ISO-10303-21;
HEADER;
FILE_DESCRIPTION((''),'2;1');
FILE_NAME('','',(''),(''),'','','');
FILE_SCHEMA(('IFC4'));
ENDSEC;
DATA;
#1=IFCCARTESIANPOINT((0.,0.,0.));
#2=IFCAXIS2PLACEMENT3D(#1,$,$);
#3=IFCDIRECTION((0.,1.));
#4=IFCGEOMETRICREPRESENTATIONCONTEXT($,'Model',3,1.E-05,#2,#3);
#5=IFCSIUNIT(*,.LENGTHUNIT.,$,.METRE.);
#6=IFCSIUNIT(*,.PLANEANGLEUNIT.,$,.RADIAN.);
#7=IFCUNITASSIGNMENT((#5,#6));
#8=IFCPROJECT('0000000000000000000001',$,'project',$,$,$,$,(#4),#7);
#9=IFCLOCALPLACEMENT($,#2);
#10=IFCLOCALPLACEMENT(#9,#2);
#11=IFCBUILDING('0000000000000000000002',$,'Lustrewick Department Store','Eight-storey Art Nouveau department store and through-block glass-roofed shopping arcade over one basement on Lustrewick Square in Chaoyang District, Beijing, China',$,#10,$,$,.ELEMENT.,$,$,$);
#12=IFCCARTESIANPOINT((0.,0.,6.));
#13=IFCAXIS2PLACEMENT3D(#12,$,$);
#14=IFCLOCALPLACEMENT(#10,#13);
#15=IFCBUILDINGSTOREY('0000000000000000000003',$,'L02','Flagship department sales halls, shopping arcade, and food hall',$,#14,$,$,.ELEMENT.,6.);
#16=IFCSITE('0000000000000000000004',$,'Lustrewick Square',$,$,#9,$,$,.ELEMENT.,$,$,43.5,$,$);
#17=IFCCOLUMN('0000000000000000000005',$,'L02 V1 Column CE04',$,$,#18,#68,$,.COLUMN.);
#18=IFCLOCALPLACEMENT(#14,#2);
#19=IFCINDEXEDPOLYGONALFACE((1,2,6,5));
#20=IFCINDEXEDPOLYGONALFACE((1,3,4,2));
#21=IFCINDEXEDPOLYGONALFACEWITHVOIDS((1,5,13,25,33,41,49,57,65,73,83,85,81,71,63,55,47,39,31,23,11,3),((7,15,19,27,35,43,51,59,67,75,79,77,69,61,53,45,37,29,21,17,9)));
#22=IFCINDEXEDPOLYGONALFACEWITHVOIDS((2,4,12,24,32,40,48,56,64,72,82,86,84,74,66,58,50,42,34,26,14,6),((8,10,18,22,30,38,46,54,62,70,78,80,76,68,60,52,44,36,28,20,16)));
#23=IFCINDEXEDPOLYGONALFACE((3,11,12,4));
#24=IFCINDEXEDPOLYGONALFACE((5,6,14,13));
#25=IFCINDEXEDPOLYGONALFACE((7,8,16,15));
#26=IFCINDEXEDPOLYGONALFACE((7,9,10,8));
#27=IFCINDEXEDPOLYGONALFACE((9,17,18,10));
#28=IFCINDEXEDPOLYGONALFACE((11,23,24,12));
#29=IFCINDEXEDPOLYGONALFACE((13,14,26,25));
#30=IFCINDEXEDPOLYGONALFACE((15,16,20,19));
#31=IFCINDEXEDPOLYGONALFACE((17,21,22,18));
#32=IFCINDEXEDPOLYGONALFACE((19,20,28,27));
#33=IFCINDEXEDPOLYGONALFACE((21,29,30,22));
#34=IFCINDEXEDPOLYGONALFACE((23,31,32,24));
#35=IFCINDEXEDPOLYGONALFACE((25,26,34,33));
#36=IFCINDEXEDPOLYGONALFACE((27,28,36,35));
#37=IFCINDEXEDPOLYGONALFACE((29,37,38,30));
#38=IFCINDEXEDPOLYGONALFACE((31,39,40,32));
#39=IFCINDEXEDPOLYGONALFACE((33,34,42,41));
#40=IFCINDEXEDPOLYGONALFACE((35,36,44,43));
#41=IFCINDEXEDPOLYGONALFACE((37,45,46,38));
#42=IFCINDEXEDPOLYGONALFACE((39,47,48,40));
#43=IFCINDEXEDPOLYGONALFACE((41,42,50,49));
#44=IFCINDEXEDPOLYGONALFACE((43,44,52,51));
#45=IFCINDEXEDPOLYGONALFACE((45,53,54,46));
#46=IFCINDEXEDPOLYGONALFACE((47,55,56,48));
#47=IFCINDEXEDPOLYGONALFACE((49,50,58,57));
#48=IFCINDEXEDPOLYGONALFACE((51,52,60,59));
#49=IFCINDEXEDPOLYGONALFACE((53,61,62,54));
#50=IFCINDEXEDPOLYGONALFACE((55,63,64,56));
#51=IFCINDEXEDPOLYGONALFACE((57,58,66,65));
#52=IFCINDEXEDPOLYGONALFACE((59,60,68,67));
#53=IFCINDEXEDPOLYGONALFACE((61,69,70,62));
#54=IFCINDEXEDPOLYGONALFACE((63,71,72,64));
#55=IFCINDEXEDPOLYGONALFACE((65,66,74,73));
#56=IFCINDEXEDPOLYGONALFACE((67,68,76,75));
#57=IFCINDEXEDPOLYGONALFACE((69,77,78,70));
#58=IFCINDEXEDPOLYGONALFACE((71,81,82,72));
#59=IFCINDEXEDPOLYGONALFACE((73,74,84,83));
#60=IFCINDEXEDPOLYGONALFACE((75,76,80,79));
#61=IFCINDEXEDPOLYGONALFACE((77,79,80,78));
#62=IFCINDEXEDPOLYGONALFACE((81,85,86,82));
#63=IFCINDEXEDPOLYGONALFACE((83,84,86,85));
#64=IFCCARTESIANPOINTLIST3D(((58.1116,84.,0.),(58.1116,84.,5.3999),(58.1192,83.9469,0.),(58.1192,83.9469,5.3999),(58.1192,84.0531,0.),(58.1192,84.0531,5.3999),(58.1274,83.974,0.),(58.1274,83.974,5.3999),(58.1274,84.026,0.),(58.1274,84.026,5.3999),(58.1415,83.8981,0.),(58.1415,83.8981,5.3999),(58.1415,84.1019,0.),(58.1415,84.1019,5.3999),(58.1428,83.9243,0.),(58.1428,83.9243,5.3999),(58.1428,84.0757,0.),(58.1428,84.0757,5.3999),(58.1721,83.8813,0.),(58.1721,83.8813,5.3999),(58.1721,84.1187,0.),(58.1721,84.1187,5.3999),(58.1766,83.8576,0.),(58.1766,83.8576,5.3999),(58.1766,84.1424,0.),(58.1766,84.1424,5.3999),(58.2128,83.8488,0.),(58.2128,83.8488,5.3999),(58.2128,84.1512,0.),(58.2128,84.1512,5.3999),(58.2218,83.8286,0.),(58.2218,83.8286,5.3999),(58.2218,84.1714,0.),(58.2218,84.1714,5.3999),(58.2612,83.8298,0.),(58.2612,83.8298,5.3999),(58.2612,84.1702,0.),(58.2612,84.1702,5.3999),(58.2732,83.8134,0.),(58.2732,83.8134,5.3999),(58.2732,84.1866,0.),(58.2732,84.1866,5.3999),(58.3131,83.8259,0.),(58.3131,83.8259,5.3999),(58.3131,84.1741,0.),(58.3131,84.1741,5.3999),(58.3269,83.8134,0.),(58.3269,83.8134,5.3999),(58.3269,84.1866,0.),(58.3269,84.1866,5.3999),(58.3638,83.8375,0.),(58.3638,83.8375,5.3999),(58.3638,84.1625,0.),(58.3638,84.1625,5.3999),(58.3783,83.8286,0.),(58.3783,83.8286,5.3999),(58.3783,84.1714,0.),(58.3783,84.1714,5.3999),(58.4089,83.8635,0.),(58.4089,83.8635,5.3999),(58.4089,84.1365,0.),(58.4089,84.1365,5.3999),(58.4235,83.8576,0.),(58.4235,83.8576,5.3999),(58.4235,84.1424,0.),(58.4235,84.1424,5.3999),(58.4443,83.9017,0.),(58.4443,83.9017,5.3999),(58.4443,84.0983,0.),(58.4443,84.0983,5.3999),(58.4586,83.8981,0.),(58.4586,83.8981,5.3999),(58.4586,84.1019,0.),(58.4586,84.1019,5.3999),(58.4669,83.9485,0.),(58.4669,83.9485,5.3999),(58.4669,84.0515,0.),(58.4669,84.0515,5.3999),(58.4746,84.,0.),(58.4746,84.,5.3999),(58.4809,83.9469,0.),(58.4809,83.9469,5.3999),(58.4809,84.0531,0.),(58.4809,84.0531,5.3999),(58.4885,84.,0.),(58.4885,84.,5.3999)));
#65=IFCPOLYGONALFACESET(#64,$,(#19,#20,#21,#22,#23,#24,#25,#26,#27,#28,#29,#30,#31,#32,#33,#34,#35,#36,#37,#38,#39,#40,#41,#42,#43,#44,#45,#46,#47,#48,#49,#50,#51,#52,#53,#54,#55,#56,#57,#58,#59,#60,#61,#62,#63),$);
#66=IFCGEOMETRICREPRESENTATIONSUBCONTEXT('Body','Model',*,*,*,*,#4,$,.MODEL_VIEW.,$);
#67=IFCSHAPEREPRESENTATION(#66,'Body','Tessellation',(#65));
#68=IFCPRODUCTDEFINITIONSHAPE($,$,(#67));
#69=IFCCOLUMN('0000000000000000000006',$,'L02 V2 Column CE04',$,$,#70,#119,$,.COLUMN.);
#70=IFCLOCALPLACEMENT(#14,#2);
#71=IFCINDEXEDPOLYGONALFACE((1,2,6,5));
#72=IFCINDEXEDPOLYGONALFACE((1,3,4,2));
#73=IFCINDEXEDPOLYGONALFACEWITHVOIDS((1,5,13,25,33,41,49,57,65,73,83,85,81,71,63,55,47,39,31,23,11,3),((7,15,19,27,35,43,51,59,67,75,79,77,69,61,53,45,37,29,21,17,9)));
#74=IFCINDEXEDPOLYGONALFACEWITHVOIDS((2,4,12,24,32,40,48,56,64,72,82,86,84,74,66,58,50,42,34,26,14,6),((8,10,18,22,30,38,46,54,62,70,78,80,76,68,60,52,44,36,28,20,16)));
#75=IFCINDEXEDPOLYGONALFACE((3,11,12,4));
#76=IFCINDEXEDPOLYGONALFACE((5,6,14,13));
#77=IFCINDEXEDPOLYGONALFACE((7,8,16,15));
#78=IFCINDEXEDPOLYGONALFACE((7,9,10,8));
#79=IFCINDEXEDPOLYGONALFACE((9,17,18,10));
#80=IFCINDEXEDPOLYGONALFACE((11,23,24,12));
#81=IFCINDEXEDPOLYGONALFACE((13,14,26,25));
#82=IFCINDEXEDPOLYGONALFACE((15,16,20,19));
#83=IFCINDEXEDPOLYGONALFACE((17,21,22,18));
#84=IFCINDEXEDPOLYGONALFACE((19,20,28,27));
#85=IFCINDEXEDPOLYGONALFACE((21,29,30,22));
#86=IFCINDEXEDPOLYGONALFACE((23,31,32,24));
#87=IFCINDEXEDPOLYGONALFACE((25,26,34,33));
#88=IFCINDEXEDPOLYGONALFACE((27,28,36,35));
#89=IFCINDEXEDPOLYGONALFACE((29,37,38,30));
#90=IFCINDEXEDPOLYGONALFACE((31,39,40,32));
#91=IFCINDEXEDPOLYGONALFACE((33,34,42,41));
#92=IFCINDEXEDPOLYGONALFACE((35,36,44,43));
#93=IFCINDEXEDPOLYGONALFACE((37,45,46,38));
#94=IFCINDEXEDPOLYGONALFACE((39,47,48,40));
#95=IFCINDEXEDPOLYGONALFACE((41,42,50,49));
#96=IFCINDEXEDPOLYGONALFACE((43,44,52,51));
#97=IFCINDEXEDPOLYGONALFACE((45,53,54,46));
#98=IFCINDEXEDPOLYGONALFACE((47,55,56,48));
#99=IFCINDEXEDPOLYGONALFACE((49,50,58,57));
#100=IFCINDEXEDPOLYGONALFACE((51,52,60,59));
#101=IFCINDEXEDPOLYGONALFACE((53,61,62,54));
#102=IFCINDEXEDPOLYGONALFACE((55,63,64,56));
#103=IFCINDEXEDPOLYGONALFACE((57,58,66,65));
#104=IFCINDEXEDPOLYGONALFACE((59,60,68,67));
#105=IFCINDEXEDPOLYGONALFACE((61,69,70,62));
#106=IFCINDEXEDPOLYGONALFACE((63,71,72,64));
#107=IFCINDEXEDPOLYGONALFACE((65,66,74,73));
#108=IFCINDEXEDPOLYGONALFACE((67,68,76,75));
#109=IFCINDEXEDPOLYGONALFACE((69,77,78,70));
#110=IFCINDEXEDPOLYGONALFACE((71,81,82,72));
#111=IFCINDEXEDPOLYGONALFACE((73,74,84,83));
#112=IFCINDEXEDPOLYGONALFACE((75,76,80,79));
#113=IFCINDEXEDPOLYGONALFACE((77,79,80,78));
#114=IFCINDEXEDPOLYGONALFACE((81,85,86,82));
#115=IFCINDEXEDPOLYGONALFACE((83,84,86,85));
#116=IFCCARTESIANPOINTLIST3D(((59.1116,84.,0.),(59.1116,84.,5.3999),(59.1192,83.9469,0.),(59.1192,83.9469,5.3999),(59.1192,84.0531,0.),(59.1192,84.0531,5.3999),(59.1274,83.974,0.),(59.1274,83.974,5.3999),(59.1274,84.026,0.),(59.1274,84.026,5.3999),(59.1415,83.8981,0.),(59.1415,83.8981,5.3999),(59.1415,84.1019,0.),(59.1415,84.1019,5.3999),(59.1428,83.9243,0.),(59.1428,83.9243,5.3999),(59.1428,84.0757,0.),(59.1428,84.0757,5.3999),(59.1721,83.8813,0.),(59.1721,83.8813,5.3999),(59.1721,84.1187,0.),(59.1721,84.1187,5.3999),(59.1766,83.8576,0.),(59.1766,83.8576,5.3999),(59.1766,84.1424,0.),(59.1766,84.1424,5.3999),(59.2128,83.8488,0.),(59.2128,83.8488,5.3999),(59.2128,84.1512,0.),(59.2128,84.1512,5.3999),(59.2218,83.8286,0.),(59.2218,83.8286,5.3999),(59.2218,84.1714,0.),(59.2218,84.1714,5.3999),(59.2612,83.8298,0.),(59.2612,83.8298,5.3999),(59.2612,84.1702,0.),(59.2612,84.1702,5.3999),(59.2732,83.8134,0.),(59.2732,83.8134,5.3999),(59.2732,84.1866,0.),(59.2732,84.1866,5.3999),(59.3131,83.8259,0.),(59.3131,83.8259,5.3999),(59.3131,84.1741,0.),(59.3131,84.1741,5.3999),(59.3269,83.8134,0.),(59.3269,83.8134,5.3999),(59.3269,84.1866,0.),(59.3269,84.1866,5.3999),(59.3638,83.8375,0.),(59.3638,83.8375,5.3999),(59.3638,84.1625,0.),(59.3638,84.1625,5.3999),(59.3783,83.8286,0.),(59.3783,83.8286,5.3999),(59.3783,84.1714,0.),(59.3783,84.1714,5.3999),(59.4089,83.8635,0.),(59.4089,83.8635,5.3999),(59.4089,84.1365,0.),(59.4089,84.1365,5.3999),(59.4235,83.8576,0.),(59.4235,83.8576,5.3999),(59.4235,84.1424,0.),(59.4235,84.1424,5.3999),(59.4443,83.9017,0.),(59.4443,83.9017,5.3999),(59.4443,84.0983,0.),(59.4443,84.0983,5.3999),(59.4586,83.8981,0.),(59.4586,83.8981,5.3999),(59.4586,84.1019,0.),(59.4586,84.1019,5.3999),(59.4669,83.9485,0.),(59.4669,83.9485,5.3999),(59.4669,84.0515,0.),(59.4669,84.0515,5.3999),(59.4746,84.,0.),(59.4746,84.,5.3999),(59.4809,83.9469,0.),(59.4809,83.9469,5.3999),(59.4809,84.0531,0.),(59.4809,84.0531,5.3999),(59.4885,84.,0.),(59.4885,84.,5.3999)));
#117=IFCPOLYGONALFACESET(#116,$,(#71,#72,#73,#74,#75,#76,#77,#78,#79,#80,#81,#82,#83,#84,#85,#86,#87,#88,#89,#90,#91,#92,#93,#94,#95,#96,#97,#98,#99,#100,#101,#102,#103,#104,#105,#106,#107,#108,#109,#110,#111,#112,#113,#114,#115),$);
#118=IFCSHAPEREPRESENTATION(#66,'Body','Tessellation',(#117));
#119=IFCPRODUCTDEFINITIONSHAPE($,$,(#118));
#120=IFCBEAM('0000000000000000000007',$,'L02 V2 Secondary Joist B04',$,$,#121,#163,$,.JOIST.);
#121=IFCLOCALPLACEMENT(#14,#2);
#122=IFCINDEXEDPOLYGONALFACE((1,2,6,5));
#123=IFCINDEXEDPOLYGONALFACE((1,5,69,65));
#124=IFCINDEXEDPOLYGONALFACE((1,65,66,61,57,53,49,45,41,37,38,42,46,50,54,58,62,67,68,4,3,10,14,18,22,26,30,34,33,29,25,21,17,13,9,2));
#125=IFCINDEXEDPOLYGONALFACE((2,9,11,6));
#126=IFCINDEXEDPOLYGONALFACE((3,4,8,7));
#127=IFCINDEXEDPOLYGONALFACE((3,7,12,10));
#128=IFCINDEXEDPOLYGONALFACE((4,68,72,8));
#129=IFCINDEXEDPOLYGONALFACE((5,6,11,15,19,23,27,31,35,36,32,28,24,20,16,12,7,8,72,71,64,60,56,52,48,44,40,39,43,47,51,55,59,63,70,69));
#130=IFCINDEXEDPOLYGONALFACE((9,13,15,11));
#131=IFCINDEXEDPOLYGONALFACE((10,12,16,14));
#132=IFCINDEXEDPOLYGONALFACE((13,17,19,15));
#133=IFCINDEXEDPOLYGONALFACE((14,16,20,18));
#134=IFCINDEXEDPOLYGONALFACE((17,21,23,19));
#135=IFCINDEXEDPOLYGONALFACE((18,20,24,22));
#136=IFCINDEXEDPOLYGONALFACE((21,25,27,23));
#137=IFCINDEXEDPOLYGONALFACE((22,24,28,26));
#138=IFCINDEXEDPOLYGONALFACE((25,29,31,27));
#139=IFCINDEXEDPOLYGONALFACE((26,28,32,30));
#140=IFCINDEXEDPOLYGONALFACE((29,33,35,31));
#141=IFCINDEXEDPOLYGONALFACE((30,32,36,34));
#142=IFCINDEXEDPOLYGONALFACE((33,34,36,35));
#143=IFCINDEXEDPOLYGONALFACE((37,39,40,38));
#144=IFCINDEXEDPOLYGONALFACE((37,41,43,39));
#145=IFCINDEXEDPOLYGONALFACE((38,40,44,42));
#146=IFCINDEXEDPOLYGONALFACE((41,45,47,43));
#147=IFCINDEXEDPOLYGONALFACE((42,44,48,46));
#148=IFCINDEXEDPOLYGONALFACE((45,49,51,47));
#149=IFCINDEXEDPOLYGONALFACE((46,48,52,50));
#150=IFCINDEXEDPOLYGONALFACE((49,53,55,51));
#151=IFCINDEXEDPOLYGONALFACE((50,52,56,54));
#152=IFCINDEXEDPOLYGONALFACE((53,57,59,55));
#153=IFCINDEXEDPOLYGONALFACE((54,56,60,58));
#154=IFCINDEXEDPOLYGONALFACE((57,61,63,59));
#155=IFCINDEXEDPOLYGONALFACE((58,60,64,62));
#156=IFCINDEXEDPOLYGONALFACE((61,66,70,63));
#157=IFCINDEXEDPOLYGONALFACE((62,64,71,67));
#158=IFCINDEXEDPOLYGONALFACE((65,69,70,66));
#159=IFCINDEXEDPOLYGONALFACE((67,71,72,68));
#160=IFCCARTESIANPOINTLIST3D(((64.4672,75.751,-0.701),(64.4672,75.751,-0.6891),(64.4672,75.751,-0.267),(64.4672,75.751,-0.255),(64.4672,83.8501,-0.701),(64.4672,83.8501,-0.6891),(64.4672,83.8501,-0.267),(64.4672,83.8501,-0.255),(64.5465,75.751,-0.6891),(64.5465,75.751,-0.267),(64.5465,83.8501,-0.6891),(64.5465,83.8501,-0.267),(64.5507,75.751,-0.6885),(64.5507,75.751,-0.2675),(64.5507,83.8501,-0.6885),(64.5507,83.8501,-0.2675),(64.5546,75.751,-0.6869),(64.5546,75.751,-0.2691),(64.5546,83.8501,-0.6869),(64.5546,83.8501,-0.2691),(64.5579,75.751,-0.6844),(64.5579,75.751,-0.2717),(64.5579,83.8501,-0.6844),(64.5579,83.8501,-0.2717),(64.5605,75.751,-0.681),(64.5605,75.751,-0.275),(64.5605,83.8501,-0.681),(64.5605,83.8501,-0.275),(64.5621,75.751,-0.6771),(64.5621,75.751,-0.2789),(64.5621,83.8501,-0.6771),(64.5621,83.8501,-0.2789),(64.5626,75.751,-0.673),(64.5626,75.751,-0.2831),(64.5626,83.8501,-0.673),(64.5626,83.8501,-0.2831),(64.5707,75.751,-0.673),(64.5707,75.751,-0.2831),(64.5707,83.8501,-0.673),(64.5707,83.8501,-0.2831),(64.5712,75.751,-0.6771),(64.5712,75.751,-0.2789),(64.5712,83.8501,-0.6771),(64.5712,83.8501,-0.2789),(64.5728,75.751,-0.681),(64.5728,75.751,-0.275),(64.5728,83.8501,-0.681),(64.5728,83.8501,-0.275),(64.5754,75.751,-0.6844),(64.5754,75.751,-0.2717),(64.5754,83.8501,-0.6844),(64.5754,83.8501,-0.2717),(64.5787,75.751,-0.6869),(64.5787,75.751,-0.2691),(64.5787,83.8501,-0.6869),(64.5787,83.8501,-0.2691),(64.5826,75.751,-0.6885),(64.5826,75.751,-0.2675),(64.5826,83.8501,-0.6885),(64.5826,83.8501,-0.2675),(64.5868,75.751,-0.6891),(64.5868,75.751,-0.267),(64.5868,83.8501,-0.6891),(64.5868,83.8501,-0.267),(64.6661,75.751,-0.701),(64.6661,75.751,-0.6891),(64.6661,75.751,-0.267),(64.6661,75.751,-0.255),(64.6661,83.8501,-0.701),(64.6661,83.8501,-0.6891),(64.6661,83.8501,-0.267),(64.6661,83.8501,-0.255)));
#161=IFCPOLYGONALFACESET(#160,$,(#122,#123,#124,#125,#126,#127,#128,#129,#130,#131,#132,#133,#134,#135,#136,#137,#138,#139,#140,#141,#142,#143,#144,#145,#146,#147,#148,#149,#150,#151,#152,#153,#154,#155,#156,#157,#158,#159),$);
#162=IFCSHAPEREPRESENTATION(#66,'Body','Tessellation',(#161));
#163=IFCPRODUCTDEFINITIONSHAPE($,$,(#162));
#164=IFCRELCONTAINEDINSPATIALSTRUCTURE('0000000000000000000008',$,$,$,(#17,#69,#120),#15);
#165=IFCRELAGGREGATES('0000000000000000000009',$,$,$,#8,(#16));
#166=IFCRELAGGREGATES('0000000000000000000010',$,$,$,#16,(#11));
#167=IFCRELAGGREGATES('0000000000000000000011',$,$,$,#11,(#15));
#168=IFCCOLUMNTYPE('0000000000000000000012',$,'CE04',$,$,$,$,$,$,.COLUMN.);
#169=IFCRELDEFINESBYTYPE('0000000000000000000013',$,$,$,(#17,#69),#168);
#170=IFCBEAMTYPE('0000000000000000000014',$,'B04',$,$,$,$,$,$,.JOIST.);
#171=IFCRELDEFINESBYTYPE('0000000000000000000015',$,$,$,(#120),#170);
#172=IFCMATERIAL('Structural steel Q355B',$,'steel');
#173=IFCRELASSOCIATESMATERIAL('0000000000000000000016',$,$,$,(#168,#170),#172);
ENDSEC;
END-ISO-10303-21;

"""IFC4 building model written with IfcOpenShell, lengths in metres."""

from ifc_helpers import new_model, si_unit, direction, frame, origin, origin_2d, place, context, subcontext, project, spatial, hollow_circle, i_section, extrude, material, material_profile, profile_set, type_object, element, save


model = new_model("IFC4")

# Units and contexts
model_context = context("Model", 3, precision=1e-05, world=origin(), true_north=direction((0.0, 1.0)))
body_context = subcontext(model_context, "Body", "Model", "MODEL_VIEW")
ifc_project = project(units=[si_unit("LENGTHUNIT", "METRE"), si_unit("PLANEANGLEUNIT", "RADIAN")], contexts=[model_context])

# Site, building, storey
site_placement = place(None, origin())
site = spatial("IfcSite", under=ifc_project, at=site_placement, Name="Lustrewick Square", CompositionType="ELEMENT", RefElevation=43.5)
building_placement = place(site_placement, origin())
building = spatial("IfcBuilding", under=site, at=building_placement, Name="Lustrewick Department Store", Description="Eight-storey Art Nouveau department store and through-block glass-roofed shopping arcade over one basement on Lustrewick Square in Chaoyang District, Beijing, China", CompositionType="ELEMENT")
storey_placement = place(building_placement, frame((0.0, 0.0, 6.0)))
storey = spatial("IfcBuildingStorey", under=building, at=storey_placement, Name="L02", Description="Flagship department sales halls, shopping arcade, and food hall", CompositionType="ELEMENT", Elevation=6.0)

# Columns
ifc_material_1 = material(Name="Structural steel Q355B", Category="steel")
ifc_material_profile_1 = material_profile(ifc_material_1, hollow_circle(Radius=0.1885, WallThickness=0.0139, at=origin_2d()), Name="CHS 377x14")
ifc_profile_set_1 = profile_set([ifc_material_profile_1], Name="Structural steel Q355B")
column_type_1 = type_object("IfcColumnType", Name="CE04", PredefinedType="COLUMN", material=ifc_profile_set_1)
for number, where, z_axis, x_axis, name in (
    (1, (58.3, 84.0, 0.0), (0.0, 0.0, 1.0), (1.0, 0.0, 0.0), "L02 V1 Column CE04"),
    (2, (59.3, 84.0, 0.0), (0.0, 0.0, 1.0), (1.0, 0.0, 0.0), "L02 V2 Column CE04"),
):
    element("IfcColumn", number, at=place(storey_placement, frame(where, z_axis=z_axis, x_axis=x_axis)), inside=storey, type_object=column_type_1, Name=name, PredefinedType="COLUMN", context=body_context, shape_type="SweptSolid", body=[
        extrude(hollow_circle(Radius=0.1885, WallThickness=0.0139, at=origin_2d()), origin(), (0.0, 0.0, 1.0), 5.3999),
    ])

# Beam
ifc_material_profile_2 = material_profile(ifc_material_1, i_section(OverallWidth=0.199, OverallDepth=0.446, WebThickness=0.0081, FlangeThickness=0.012, FilletRadius=0.0161, at=origin_2d()), Name="HN 446x199x8x12")
ifc_profile_set_2 = profile_set([ifc_material_profile_2], Name="Structural steel Q355B")
beam_type_1 = type_object("IfcBeamType", Name="B04", PredefinedType="JOIST", material=ifc_profile_set_2)
beam_1_placement = place(storey_placement, frame((64.5667, 75.751, -0.478), z_axis=(0.0, 1.0, 0.0), x_axis=(-1.0, 0.0, 0.0)))
element("IfcBeam", 3, at=beam_1_placement, inside=storey, type_object=beam_type_1, Name="L02 V2 Secondary Joist B04", PredefinedType="JOIST", context=body_context, shape_type="SweptSolid", body=[
    extrude(i_section(OverallWidth=0.199, OverallDepth=0.446, WebThickness=0.0081, FlangeThickness=0.012, FilletRadius=0.0161, at=origin_2d()), origin(), (0.0, 0.0, 1.0), 8.0991),
])

save(model, "model.ifc")
